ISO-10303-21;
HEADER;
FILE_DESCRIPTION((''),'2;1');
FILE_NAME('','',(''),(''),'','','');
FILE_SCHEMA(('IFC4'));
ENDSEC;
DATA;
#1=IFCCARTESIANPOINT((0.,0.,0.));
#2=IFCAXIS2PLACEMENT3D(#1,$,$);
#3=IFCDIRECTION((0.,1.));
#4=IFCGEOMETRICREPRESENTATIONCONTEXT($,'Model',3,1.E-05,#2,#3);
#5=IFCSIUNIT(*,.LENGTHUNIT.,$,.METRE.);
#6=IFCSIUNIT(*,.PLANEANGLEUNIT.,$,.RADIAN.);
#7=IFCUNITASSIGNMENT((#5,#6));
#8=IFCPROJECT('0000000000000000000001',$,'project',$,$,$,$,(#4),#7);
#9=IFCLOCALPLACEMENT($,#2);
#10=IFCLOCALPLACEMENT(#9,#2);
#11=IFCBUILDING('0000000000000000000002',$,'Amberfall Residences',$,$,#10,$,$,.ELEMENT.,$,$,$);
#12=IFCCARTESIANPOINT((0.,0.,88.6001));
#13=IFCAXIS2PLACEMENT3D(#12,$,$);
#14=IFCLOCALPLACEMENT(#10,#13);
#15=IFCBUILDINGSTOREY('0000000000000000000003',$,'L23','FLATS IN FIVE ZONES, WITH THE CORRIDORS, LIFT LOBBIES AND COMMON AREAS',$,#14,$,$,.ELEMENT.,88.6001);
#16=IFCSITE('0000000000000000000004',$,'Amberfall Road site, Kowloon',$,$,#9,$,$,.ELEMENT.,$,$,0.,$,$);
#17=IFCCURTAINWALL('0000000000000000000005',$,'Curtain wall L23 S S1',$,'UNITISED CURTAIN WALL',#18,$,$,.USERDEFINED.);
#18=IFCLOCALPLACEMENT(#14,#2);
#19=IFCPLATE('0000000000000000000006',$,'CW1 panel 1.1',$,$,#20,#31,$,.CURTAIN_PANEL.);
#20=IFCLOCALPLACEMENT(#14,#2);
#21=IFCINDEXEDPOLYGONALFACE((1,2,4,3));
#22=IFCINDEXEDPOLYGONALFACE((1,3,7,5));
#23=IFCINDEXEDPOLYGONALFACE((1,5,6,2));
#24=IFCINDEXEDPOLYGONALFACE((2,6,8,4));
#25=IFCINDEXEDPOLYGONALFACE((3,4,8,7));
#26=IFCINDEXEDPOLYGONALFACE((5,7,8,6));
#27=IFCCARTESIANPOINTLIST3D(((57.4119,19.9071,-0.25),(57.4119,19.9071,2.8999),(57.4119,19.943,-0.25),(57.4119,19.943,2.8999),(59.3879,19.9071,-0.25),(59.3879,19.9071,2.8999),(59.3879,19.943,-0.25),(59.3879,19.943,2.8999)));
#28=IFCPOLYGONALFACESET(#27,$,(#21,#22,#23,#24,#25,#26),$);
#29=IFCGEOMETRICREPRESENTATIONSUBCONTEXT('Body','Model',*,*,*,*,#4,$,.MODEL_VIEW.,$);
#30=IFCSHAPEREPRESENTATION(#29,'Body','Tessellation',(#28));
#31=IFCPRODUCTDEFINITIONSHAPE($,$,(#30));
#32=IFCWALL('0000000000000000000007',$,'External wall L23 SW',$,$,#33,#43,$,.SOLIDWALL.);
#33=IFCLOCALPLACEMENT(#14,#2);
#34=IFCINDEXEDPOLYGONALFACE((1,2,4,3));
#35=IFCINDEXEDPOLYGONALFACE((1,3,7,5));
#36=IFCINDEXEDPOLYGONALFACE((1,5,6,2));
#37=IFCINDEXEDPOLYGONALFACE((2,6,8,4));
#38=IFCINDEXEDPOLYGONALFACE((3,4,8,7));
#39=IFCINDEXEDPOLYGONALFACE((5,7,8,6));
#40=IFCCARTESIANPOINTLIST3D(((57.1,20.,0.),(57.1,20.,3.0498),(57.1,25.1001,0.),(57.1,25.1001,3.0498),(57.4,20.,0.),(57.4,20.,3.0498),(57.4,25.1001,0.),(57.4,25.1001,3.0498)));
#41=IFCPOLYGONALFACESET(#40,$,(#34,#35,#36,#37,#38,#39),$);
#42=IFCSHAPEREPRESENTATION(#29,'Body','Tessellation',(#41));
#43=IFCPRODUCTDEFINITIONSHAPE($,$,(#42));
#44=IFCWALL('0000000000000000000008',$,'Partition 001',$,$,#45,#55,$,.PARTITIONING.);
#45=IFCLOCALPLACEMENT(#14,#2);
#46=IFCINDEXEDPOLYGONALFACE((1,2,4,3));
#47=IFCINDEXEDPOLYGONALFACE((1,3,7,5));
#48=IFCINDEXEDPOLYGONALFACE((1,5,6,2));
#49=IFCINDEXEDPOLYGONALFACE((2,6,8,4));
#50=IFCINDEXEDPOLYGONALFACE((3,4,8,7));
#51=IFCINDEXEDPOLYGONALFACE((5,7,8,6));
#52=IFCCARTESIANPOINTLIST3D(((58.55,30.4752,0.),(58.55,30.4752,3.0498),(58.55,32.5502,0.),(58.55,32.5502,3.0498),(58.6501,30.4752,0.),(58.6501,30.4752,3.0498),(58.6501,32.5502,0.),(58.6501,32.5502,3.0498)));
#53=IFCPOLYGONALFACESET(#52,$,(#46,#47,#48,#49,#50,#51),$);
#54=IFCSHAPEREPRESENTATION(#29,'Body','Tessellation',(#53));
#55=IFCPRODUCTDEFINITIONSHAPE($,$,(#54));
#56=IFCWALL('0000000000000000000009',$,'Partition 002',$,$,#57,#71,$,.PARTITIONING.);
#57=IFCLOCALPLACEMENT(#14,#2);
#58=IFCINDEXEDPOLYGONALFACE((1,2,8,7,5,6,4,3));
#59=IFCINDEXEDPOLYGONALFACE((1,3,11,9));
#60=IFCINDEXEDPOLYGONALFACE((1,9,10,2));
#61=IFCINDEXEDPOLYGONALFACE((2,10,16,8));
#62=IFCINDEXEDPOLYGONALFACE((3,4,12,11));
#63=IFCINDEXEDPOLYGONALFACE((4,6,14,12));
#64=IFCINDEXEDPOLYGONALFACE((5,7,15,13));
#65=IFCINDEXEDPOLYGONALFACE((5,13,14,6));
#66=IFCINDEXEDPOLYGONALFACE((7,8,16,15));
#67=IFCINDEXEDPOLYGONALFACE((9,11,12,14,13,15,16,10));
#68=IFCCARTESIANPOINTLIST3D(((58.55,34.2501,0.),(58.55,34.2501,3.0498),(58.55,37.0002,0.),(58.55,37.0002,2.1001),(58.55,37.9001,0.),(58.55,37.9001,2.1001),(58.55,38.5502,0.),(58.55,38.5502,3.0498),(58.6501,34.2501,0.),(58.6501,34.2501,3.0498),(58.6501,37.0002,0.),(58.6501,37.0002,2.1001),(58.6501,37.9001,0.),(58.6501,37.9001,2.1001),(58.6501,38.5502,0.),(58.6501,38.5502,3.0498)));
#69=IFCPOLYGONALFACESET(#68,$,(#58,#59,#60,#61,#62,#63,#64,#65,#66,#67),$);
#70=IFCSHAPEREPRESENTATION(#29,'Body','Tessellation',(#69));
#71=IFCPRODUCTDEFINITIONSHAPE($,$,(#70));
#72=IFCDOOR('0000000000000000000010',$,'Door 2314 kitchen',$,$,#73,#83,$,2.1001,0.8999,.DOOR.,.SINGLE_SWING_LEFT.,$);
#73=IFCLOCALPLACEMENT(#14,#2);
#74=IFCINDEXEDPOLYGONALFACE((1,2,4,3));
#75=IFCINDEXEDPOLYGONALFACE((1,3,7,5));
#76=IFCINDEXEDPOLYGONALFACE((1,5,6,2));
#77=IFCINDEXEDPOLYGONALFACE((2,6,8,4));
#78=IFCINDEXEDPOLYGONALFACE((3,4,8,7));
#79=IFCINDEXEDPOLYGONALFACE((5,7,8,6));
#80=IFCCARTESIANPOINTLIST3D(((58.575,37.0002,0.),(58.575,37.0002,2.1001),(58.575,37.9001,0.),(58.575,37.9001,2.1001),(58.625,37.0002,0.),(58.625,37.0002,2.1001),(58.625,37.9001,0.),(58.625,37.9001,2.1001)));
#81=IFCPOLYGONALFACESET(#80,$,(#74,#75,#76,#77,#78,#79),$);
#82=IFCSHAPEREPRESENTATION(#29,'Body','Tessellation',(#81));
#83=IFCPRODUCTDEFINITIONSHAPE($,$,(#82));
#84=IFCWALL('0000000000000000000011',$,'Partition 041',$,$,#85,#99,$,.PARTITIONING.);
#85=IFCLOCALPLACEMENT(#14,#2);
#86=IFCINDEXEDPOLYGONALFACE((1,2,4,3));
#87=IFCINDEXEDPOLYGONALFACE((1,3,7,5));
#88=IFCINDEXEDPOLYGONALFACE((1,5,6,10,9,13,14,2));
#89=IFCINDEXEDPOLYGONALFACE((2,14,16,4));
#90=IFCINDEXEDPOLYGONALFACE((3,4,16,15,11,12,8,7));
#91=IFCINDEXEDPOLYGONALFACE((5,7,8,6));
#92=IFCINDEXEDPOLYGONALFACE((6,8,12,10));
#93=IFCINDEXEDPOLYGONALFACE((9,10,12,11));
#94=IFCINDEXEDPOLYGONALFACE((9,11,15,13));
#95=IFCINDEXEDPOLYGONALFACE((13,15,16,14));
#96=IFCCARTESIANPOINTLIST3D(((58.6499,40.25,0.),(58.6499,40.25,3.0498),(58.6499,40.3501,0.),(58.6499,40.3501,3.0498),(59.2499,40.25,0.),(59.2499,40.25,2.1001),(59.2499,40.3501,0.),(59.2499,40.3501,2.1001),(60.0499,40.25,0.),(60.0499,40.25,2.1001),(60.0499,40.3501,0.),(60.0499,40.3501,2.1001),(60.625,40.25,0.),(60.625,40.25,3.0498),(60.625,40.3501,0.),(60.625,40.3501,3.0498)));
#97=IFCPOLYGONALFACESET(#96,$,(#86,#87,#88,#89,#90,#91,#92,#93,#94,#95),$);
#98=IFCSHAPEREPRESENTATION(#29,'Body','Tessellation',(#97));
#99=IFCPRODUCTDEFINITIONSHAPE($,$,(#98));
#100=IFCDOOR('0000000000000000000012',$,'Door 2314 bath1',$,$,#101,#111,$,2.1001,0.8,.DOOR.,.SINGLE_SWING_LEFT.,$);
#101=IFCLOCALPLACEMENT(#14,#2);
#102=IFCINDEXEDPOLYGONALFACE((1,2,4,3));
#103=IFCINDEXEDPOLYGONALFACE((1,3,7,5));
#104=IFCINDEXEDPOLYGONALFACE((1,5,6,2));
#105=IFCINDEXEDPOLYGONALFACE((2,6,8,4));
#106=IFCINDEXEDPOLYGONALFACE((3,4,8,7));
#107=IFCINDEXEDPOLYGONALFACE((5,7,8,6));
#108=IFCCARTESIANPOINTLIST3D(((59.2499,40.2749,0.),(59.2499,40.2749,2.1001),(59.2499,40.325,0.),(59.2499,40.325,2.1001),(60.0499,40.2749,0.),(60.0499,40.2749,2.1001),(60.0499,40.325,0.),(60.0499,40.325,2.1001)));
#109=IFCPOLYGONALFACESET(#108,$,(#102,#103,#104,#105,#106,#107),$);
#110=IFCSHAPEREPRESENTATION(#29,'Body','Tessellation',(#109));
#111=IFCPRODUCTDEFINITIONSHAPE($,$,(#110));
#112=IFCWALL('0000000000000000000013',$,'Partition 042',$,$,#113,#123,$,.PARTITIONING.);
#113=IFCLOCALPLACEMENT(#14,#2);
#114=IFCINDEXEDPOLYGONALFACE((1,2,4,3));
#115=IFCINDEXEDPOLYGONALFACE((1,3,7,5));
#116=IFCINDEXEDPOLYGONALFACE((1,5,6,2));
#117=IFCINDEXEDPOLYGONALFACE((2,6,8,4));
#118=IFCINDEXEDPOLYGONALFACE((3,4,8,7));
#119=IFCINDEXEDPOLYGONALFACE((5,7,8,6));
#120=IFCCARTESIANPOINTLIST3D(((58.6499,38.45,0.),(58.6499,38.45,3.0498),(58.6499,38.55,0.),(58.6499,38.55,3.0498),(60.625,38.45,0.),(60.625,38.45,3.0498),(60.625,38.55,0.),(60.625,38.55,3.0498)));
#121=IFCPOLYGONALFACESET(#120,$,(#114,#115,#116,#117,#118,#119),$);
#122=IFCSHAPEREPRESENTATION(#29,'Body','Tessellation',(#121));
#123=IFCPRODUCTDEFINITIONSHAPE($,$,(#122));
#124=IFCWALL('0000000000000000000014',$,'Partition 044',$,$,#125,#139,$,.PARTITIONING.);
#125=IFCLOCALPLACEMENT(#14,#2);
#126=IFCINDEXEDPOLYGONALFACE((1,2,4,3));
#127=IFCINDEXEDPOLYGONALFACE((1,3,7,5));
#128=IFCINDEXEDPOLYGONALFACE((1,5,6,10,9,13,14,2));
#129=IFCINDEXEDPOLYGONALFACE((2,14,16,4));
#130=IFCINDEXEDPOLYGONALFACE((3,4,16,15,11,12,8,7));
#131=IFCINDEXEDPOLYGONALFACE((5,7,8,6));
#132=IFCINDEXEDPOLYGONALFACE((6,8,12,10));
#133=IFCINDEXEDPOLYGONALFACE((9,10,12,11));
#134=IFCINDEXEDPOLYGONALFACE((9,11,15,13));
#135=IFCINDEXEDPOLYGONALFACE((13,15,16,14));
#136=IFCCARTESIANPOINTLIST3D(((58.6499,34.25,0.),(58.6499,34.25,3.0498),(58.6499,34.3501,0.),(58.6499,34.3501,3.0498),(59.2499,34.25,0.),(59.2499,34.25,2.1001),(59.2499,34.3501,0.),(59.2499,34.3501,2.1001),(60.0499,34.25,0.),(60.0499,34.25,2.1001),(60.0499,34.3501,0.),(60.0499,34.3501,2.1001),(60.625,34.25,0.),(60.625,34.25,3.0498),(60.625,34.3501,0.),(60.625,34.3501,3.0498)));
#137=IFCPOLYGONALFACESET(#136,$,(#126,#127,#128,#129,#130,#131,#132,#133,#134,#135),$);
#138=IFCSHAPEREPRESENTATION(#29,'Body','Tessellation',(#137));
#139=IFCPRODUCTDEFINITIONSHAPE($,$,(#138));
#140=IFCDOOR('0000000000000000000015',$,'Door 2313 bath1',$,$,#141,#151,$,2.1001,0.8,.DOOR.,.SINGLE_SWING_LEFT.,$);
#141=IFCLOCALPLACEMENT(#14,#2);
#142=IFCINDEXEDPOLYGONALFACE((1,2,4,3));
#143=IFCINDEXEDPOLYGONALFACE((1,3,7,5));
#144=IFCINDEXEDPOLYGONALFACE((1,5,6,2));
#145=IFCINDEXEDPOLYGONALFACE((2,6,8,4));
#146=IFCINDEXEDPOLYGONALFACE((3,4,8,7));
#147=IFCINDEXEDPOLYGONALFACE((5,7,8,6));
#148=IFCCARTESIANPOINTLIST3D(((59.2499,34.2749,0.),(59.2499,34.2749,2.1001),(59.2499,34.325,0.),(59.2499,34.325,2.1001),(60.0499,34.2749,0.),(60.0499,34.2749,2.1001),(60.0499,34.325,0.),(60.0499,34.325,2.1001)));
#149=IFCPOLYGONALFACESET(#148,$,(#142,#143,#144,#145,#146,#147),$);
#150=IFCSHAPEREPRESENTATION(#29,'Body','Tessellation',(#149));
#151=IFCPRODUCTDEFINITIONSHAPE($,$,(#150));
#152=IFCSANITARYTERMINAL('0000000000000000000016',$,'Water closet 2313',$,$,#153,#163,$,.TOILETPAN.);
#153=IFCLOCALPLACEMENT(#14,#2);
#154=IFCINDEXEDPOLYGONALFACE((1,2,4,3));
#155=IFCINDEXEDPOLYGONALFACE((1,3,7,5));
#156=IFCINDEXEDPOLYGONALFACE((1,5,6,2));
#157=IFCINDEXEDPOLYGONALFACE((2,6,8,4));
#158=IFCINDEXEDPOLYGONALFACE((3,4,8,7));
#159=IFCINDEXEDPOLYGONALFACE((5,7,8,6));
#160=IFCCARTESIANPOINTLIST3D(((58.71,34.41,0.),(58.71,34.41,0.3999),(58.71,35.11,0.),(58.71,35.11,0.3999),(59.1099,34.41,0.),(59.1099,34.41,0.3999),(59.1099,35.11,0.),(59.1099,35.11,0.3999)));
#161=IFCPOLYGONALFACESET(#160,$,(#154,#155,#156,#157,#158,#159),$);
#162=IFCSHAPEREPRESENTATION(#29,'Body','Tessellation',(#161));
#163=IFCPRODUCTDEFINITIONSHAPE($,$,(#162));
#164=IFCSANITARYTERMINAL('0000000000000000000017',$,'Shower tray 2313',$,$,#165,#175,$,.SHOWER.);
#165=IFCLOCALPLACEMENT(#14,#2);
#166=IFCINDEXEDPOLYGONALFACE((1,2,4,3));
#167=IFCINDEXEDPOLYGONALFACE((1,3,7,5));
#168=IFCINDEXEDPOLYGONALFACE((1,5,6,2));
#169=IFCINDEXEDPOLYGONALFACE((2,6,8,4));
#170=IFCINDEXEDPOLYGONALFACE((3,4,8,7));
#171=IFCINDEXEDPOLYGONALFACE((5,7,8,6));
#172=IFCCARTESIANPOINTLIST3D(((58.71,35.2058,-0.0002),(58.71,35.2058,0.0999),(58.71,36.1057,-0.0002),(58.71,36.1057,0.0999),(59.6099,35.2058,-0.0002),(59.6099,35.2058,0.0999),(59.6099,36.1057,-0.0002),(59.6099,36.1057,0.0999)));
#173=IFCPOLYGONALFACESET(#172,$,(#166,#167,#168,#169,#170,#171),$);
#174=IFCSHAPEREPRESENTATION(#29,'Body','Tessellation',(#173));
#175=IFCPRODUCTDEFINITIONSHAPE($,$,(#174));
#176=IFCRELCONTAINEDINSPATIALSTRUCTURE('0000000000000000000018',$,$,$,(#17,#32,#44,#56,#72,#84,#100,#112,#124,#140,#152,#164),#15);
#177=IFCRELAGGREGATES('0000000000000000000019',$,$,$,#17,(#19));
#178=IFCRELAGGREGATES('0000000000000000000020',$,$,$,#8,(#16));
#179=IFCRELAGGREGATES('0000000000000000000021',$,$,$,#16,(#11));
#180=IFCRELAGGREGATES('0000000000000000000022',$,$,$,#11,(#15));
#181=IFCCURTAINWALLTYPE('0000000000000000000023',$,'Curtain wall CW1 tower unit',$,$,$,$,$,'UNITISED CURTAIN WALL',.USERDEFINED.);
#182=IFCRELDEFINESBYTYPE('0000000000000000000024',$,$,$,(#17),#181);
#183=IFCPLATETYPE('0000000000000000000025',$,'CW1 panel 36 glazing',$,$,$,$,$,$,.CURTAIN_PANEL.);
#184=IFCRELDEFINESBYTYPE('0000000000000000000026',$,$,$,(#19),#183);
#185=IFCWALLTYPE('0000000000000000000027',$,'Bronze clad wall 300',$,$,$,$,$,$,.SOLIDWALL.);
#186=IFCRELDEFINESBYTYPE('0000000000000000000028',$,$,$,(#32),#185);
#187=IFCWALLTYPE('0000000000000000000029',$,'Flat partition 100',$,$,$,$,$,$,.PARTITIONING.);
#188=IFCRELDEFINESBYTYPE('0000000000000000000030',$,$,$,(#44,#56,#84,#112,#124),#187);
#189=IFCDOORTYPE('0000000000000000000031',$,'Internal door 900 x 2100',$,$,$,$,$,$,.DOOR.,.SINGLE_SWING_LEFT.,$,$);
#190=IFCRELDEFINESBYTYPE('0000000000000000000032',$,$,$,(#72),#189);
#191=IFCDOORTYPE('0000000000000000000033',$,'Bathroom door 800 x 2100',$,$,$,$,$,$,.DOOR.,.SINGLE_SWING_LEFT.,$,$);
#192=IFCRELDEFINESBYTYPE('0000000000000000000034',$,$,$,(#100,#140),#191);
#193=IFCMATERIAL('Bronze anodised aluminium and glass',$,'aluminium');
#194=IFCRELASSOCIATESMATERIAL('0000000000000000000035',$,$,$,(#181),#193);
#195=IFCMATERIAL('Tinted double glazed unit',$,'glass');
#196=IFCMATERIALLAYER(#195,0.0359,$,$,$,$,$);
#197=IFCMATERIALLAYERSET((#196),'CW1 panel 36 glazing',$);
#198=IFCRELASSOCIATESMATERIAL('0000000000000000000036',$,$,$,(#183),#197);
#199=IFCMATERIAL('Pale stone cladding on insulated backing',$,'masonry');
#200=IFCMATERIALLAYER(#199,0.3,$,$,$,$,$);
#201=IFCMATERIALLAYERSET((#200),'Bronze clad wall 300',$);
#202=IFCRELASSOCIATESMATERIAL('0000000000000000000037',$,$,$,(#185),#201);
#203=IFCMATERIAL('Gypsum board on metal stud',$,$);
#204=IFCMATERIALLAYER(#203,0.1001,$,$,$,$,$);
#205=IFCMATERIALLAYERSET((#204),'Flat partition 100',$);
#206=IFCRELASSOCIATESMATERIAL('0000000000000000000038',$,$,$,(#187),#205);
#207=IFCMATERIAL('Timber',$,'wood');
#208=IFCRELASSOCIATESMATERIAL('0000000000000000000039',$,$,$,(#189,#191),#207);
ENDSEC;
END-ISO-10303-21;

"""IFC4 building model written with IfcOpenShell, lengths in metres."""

from ifc_helpers import new_model, si_unit, direction, frame, frame_2d, origin, origin_2d, place, context, subcontext, project, spatial, rectangle, extrude, material, layer, layer_set, type_object, element, fill, aggregate, save


model = new_model("IFC4")

# Units and contexts
model_context = context("Model", 3, precision=1e-05, world=origin(), true_north=direction((0.0, 1.0)))
body_context = subcontext(model_context, "Body", "Model", "MODEL_VIEW")
ifc_project = project(units=[si_unit("LENGTHUNIT", "METRE"), si_unit("PLANEANGLEUNIT", "RADIAN")], contexts=[model_context])

# Site, building, storey
site_placement = place(None, origin())
site = spatial("IfcSite", under=ifc_project, at=site_placement, Name="Amberfall Road site, Kowloon", CompositionType="ELEMENT", RefElevation=0.0)
building_placement = place(site_placement, origin())
building = spatial("IfcBuilding", under=site, at=building_placement, Name="Amberfall Residences", CompositionType="ELEMENT")
storey_placement = place(building_placement, frame((0.0, 0.0, 88.6001)))
storey = spatial("IfcBuildingStorey", under=building, at=storey_placement, Name="L23", Description="FLATS IN FIVE ZONES, WITH THE CORRIDORS, LIFT LOBBIES AND COMMON AREAS", CompositionType="ELEMENT", Elevation=88.6001)

# Curtain wall
ifc_material_1 = material(Name="Bronze anodised aluminium and glass", Category="aluminium")
curtain_wall_type = type_object("IfcCurtainWallType", Name="Curtain wall CW1 tower unit", ElementType="UNITISED CURTAIN WALL", PredefinedType="USERDEFINED", material=ifc_material_1)
curtain_wall_placement = place(storey_placement, origin())
curtain_wall = element("IfcCurtainWall", 1, at=curtain_wall_placement, inside=storey, type_object=curtain_wall_type, Name="Curtain wall L23 S S1", ObjectType="UNITISED CURTAIN WALL", PredefinedType="USERDEFINED")

# Plate
ifc_material_2 = material(Name="Tinted double glazed unit", Category="glass")
ifc_layer_1 = layer(ifc_material_2, 0.0359)
ifc_layer_set_1 = layer_set([ifc_layer_1], Name="CW1 panel 36 glazing")
plate_type = type_object("IfcPlateType", Name="CW1 panel 36 glazing", PredefinedType="CURTAIN_PANEL", material=ifc_layer_set_1)
plate_placement = place(storey_placement, frame((58.3999, 19.925, -0.25), z_axis=(0.0, 0.0, 1.0), x_axis=(1.0, 0.0, 0.0)))
plate = element("IfcPlate", 2, at=plate_placement, type_object=plate_type, Name="CW1 panel 1.1", PredefinedType="CURTAIN_PANEL", context=body_context, shape_type="SweptSolid", body=[
    extrude(rectangle(XDim=1.9761, YDim=0.0359, at=origin_2d()), origin(), (0.0, 0.0, 1.0), 3.1499),
])
aggregate(curtain_wall, [plate])

# Walls
ifc_material_3 = material(Name="Pale stone cladding on insulated backing", Category="masonry")
ifc_layer_2 = layer(ifc_material_3, 0.3)
ifc_layer_set_2 = layer_set([ifc_layer_2], Name="Bronze clad wall 300")
wall_type_1 = type_object("IfcWallType", Name="Bronze clad wall 300", PredefinedType="SOLIDWALL", material=ifc_layer_set_2)
wall_1_placement = place(storey_placement, frame((57.25, 25.1001, 0.0), z_axis=(0.0, 0.0, 1.0), x_axis=(0.0, -1.0, 0.0)))
element("IfcWall", 3, at=wall_1_placement, inside=storey, type_object=wall_type_1, Name="External wall L23 SW", PredefinedType="SOLIDWALL", context=body_context, shape_type="SweptSolid", body=[
    extrude(rectangle(XDim=5.1001, YDim=0.3, at=frame_2d((2.55, 0.0))), origin(), (0.0, 0.0, 1.0), 3.0498),
])
ifc_material_4 = material(Name="Gypsum board on metal stud")
ifc_layer_3 = layer(ifc_material_4, 0.1001)
ifc_layer_set_3 = layer_set([ifc_layer_3], Name="Flat partition 100")
wall_type_2 = type_object("IfcWallType", Name="Flat partition 100", PredefinedType="PARTITIONING", material=ifc_layer_set_3)
wall_2_placement = place(storey_placement, frame((58.6001, 30.4751, 0.0), z_axis=(0.0, 0.0, 1.0), x_axis=(0.0, 1.0, 0.0)))
element("IfcWall", 4, at=wall_2_placement, inside=storey, type_object=wall_type_2, Name="Partition 001", PredefinedType="PARTITIONING", context=body_context, shape_type="SweptSolid", body=[
    extrude(rectangle(XDim=2.075, YDim=0.1001, at=frame_2d((1.0376, 0.0))), origin(), (0.0, 0.0, 1.0), 3.0498),
])

# Walls, openings, doors
wall_3_placement = place(storey_placement, frame((58.6001, 38.55, 0.0), z_axis=(0.0, 0.0, 1.0), x_axis=(0.0, -1.0, 0.0)))
wall_3 = element("IfcWall", 5, at=wall_3_placement, inside=storey, type_object=wall_type_2, Name="Partition 002", PredefinedType="PARTITIONING", context=body_context, shape_type="SweptSolid", body=[
    extrude(rectangle(XDim=4.3, YDim=0.1001, at=frame_2d((2.1499, 0.0))), origin(), (0.0, 0.0, 1.0), 3.0498),
])
opening_1_placement = place(wall_3_placement, frame((0.6499, 0.0, 0.0)))
opening_1 = element("IfcOpeningElement", 6, at=opening_1_placement, cuts=wall_3, PredefinedType="OPENING", context=body_context, shape_type="SweptSolid", body=[
    extrude(rectangle(XDim=0.8999, YDim=2.1001, at=frame_2d((0.45, 1.05))), frame((0.0, 0.0601, 0.0), z_axis=(0.0, -1.0, 0.0), x_axis=(1.0, 0.0, 0.0)), (0.0, 0.0, 1.0), 0.1201),
])
ifc_material_5 = material(Name="Timber", Category="wood")
door_type_1 = type_object("IfcDoorType", Name="Internal door 900 x 2100", OperationType="SINGLE_SWING_LEFT", PredefinedType="DOOR", material=ifc_material_5)
door_1_placement = place(opening_1_placement, origin())
door_1 = element("IfcDoor", 7, at=door_1_placement, inside=storey, type_object=door_type_1, Name="Door 2314 kitchen", OperationType="SINGLE_SWING_LEFT", OverallHeight=2.1001, OverallWidth=0.8999, PredefinedType="DOOR", context=body_context, shape_type="SweptSolid", body=[
    extrude(rectangle(XDim=0.8999, YDim=2.1001, at=frame_2d((0.45, 1.05))), frame((0.0, 0.0249, 0.0), z_axis=(0.0, -1.0, 0.0), x_axis=(1.0, 0.0, 0.0)), (0.0, 0.0, 1.0), 0.05),
])
fill(opening_1, door_1)
wall_4_placement = place(storey_placement, frame((58.6499, 40.3, 0.0), z_axis=(0.0, 0.0, 1.0), x_axis=(1.0, 0.0, 0.0)))
wall_4 = element("IfcWall", 8, at=wall_4_placement, inside=storey, type_object=wall_type_2, Name="Partition 041", PredefinedType="PARTITIONING", context=body_context, shape_type="SweptSolid", body=[
    extrude(rectangle(XDim=1.9751, YDim=0.1001, at=frame_2d((0.9875, 0.0))), origin(), (0.0, 0.0, 1.0), 3.0498),
])
opening_2_placement = place(wall_4_placement, frame((0.6001, 0.0, 0.0)))
opening_2 = element("IfcOpeningElement", 9, at=opening_2_placement, cuts=wall_4, PredefinedType="OPENING", context=body_context, shape_type="SweptSolid", body=[
    extrude(rectangle(XDim=0.8, YDim=2.1001, at=frame_2d((0.3999, 1.05))), frame((0.0, 0.0601, 0.0), z_axis=(0.0, -1.0, 0.0), x_axis=(1.0, 0.0, 0.0)), (0.0, 0.0, 1.0), 0.1201),
])
door_type_2 = type_object("IfcDoorType", Name="Bathroom door 800 x 2100", OperationType="SINGLE_SWING_LEFT", PredefinedType="DOOR", material=ifc_material_5)
door_2_placement = place(opening_2_placement, origin())
door_2 = element("IfcDoor", 10, at=door_2_placement, inside=storey, type_object=door_type_2, Name="Door 2314 bath1", OperationType="SINGLE_SWING_LEFT", OverallHeight=2.1001, OverallWidth=0.8, PredefinedType="DOOR", context=body_context, shape_type="SweptSolid", body=[
    extrude(rectangle(XDim=0.8, YDim=2.1001, at=frame_2d((0.3999, 1.05))), frame((0.0, 0.0249, 0.0), z_axis=(0.0, -1.0, 0.0), x_axis=(1.0, 0.0, 0.0)), (0.0, 0.0, 1.0), 0.05),
])
fill(opening_2, door_2)

# Wall
wall_5_placement = place(storey_placement, frame((58.6499, 38.5, 0.0), z_axis=(0.0, 0.0, 1.0), x_axis=(1.0, 0.0, 0.0)))
element("IfcWall", 11, at=wall_5_placement, inside=storey, type_object=wall_type_2, Name="Partition 042", PredefinedType="PARTITIONING", context=body_context, shape_type="SweptSolid", body=[
    extrude(rectangle(XDim=1.9751, YDim=0.1001, at=frame_2d((0.9875, 0.0))), origin(), (0.0, 0.0, 1.0), 3.0498),
])

# Wall, opening, door
wall_6_placement = place(storey_placement, frame((58.6499, 34.3, 0.0), z_axis=(0.0, 0.0, 1.0), x_axis=(1.0, 0.0, 0.0)))
wall_6 = element("IfcWall", 12, at=wall_6_placement, inside=storey, type_object=wall_type_2, Name="Partition 044", PredefinedType="PARTITIONING", context=body_context, shape_type="SweptSolid", body=[
    extrude(rectangle(XDim=1.9751, YDim=0.1001, at=frame_2d((0.9875, 0.0))), origin(), (0.0, 0.0, 1.0), 3.0498),
])
opening_3_placement = place(wall_6_placement, frame((0.6001, 0.0, 0.0)))
opening_3 = element("IfcOpeningElement", 13, at=opening_3_placement, cuts=wall_6, PredefinedType="OPENING", context=body_context, shape_type="SweptSolid", body=[
    extrude(rectangle(XDim=0.8, YDim=2.1001, at=frame_2d((0.3999, 1.05))), frame((0.0, 0.0601, 0.0), z_axis=(0.0, -1.0, 0.0), x_axis=(1.0, 0.0, 0.0)), (0.0, 0.0, 1.0), 0.1201),
])
door_3_placement = place(opening_3_placement, origin())
door_3 = element("IfcDoor", 14, at=door_3_placement, inside=storey, type_object=door_type_2, Name="Door 2313 bath1", OperationType="SINGLE_SWING_LEFT", OverallHeight=2.1001, OverallWidth=0.8, PredefinedType="DOOR", context=body_context, shape_type="SweptSolid", body=[
    extrude(rectangle(XDim=0.8, YDim=2.1001, at=frame_2d((0.3999, 1.05))), frame((0.0, 0.0249, 0.0), z_axis=(0.0, -1.0, 0.0), x_axis=(1.0, 0.0, 0.0)), (0.0, 0.0, 1.0), 0.05),
])
fill(opening_3, door_3)

# Sanitary terminals
sanitary_terminal_1_placement = place(storey_placement, frame((58.9099, 34.76, 0.0), z_axis=(0.0, 0.0, 1.0), x_axis=(1.0, 0.0, 0.0)))
element("IfcSanitaryTerminal", 15, at=sanitary_terminal_1_placement, inside=storey, Name="Water closet 2313", PredefinedType="TOILETPAN", context=body_context, shape_type="SweptSolid", body=[
    extrude(rectangle(XDim=0.3999, YDim=0.7, at=origin_2d()), origin(), (0.0, 0.0, 1.0), 0.3999),
])
sanitary_terminal_2_placement = place(storey_placement, frame((59.1599, 35.6558, -0.0002), z_axis=(0.0, 0.0, 1.0), x_axis=(1.0, 0.0, 0.0)))
element("IfcSanitaryTerminal", 16, at=sanitary_terminal_2_placement, inside=storey, Name="Shower tray 2313", PredefinedType="SHOWER", context=body_context, shape_type="SweptSolid", body=[
    extrude(rectangle(XDim=0.8999, YDim=0.8999, at=origin_2d()), origin(), (0.0, 0.0, 1.0), 0.1001),
])

save(model, "model.ifc")
